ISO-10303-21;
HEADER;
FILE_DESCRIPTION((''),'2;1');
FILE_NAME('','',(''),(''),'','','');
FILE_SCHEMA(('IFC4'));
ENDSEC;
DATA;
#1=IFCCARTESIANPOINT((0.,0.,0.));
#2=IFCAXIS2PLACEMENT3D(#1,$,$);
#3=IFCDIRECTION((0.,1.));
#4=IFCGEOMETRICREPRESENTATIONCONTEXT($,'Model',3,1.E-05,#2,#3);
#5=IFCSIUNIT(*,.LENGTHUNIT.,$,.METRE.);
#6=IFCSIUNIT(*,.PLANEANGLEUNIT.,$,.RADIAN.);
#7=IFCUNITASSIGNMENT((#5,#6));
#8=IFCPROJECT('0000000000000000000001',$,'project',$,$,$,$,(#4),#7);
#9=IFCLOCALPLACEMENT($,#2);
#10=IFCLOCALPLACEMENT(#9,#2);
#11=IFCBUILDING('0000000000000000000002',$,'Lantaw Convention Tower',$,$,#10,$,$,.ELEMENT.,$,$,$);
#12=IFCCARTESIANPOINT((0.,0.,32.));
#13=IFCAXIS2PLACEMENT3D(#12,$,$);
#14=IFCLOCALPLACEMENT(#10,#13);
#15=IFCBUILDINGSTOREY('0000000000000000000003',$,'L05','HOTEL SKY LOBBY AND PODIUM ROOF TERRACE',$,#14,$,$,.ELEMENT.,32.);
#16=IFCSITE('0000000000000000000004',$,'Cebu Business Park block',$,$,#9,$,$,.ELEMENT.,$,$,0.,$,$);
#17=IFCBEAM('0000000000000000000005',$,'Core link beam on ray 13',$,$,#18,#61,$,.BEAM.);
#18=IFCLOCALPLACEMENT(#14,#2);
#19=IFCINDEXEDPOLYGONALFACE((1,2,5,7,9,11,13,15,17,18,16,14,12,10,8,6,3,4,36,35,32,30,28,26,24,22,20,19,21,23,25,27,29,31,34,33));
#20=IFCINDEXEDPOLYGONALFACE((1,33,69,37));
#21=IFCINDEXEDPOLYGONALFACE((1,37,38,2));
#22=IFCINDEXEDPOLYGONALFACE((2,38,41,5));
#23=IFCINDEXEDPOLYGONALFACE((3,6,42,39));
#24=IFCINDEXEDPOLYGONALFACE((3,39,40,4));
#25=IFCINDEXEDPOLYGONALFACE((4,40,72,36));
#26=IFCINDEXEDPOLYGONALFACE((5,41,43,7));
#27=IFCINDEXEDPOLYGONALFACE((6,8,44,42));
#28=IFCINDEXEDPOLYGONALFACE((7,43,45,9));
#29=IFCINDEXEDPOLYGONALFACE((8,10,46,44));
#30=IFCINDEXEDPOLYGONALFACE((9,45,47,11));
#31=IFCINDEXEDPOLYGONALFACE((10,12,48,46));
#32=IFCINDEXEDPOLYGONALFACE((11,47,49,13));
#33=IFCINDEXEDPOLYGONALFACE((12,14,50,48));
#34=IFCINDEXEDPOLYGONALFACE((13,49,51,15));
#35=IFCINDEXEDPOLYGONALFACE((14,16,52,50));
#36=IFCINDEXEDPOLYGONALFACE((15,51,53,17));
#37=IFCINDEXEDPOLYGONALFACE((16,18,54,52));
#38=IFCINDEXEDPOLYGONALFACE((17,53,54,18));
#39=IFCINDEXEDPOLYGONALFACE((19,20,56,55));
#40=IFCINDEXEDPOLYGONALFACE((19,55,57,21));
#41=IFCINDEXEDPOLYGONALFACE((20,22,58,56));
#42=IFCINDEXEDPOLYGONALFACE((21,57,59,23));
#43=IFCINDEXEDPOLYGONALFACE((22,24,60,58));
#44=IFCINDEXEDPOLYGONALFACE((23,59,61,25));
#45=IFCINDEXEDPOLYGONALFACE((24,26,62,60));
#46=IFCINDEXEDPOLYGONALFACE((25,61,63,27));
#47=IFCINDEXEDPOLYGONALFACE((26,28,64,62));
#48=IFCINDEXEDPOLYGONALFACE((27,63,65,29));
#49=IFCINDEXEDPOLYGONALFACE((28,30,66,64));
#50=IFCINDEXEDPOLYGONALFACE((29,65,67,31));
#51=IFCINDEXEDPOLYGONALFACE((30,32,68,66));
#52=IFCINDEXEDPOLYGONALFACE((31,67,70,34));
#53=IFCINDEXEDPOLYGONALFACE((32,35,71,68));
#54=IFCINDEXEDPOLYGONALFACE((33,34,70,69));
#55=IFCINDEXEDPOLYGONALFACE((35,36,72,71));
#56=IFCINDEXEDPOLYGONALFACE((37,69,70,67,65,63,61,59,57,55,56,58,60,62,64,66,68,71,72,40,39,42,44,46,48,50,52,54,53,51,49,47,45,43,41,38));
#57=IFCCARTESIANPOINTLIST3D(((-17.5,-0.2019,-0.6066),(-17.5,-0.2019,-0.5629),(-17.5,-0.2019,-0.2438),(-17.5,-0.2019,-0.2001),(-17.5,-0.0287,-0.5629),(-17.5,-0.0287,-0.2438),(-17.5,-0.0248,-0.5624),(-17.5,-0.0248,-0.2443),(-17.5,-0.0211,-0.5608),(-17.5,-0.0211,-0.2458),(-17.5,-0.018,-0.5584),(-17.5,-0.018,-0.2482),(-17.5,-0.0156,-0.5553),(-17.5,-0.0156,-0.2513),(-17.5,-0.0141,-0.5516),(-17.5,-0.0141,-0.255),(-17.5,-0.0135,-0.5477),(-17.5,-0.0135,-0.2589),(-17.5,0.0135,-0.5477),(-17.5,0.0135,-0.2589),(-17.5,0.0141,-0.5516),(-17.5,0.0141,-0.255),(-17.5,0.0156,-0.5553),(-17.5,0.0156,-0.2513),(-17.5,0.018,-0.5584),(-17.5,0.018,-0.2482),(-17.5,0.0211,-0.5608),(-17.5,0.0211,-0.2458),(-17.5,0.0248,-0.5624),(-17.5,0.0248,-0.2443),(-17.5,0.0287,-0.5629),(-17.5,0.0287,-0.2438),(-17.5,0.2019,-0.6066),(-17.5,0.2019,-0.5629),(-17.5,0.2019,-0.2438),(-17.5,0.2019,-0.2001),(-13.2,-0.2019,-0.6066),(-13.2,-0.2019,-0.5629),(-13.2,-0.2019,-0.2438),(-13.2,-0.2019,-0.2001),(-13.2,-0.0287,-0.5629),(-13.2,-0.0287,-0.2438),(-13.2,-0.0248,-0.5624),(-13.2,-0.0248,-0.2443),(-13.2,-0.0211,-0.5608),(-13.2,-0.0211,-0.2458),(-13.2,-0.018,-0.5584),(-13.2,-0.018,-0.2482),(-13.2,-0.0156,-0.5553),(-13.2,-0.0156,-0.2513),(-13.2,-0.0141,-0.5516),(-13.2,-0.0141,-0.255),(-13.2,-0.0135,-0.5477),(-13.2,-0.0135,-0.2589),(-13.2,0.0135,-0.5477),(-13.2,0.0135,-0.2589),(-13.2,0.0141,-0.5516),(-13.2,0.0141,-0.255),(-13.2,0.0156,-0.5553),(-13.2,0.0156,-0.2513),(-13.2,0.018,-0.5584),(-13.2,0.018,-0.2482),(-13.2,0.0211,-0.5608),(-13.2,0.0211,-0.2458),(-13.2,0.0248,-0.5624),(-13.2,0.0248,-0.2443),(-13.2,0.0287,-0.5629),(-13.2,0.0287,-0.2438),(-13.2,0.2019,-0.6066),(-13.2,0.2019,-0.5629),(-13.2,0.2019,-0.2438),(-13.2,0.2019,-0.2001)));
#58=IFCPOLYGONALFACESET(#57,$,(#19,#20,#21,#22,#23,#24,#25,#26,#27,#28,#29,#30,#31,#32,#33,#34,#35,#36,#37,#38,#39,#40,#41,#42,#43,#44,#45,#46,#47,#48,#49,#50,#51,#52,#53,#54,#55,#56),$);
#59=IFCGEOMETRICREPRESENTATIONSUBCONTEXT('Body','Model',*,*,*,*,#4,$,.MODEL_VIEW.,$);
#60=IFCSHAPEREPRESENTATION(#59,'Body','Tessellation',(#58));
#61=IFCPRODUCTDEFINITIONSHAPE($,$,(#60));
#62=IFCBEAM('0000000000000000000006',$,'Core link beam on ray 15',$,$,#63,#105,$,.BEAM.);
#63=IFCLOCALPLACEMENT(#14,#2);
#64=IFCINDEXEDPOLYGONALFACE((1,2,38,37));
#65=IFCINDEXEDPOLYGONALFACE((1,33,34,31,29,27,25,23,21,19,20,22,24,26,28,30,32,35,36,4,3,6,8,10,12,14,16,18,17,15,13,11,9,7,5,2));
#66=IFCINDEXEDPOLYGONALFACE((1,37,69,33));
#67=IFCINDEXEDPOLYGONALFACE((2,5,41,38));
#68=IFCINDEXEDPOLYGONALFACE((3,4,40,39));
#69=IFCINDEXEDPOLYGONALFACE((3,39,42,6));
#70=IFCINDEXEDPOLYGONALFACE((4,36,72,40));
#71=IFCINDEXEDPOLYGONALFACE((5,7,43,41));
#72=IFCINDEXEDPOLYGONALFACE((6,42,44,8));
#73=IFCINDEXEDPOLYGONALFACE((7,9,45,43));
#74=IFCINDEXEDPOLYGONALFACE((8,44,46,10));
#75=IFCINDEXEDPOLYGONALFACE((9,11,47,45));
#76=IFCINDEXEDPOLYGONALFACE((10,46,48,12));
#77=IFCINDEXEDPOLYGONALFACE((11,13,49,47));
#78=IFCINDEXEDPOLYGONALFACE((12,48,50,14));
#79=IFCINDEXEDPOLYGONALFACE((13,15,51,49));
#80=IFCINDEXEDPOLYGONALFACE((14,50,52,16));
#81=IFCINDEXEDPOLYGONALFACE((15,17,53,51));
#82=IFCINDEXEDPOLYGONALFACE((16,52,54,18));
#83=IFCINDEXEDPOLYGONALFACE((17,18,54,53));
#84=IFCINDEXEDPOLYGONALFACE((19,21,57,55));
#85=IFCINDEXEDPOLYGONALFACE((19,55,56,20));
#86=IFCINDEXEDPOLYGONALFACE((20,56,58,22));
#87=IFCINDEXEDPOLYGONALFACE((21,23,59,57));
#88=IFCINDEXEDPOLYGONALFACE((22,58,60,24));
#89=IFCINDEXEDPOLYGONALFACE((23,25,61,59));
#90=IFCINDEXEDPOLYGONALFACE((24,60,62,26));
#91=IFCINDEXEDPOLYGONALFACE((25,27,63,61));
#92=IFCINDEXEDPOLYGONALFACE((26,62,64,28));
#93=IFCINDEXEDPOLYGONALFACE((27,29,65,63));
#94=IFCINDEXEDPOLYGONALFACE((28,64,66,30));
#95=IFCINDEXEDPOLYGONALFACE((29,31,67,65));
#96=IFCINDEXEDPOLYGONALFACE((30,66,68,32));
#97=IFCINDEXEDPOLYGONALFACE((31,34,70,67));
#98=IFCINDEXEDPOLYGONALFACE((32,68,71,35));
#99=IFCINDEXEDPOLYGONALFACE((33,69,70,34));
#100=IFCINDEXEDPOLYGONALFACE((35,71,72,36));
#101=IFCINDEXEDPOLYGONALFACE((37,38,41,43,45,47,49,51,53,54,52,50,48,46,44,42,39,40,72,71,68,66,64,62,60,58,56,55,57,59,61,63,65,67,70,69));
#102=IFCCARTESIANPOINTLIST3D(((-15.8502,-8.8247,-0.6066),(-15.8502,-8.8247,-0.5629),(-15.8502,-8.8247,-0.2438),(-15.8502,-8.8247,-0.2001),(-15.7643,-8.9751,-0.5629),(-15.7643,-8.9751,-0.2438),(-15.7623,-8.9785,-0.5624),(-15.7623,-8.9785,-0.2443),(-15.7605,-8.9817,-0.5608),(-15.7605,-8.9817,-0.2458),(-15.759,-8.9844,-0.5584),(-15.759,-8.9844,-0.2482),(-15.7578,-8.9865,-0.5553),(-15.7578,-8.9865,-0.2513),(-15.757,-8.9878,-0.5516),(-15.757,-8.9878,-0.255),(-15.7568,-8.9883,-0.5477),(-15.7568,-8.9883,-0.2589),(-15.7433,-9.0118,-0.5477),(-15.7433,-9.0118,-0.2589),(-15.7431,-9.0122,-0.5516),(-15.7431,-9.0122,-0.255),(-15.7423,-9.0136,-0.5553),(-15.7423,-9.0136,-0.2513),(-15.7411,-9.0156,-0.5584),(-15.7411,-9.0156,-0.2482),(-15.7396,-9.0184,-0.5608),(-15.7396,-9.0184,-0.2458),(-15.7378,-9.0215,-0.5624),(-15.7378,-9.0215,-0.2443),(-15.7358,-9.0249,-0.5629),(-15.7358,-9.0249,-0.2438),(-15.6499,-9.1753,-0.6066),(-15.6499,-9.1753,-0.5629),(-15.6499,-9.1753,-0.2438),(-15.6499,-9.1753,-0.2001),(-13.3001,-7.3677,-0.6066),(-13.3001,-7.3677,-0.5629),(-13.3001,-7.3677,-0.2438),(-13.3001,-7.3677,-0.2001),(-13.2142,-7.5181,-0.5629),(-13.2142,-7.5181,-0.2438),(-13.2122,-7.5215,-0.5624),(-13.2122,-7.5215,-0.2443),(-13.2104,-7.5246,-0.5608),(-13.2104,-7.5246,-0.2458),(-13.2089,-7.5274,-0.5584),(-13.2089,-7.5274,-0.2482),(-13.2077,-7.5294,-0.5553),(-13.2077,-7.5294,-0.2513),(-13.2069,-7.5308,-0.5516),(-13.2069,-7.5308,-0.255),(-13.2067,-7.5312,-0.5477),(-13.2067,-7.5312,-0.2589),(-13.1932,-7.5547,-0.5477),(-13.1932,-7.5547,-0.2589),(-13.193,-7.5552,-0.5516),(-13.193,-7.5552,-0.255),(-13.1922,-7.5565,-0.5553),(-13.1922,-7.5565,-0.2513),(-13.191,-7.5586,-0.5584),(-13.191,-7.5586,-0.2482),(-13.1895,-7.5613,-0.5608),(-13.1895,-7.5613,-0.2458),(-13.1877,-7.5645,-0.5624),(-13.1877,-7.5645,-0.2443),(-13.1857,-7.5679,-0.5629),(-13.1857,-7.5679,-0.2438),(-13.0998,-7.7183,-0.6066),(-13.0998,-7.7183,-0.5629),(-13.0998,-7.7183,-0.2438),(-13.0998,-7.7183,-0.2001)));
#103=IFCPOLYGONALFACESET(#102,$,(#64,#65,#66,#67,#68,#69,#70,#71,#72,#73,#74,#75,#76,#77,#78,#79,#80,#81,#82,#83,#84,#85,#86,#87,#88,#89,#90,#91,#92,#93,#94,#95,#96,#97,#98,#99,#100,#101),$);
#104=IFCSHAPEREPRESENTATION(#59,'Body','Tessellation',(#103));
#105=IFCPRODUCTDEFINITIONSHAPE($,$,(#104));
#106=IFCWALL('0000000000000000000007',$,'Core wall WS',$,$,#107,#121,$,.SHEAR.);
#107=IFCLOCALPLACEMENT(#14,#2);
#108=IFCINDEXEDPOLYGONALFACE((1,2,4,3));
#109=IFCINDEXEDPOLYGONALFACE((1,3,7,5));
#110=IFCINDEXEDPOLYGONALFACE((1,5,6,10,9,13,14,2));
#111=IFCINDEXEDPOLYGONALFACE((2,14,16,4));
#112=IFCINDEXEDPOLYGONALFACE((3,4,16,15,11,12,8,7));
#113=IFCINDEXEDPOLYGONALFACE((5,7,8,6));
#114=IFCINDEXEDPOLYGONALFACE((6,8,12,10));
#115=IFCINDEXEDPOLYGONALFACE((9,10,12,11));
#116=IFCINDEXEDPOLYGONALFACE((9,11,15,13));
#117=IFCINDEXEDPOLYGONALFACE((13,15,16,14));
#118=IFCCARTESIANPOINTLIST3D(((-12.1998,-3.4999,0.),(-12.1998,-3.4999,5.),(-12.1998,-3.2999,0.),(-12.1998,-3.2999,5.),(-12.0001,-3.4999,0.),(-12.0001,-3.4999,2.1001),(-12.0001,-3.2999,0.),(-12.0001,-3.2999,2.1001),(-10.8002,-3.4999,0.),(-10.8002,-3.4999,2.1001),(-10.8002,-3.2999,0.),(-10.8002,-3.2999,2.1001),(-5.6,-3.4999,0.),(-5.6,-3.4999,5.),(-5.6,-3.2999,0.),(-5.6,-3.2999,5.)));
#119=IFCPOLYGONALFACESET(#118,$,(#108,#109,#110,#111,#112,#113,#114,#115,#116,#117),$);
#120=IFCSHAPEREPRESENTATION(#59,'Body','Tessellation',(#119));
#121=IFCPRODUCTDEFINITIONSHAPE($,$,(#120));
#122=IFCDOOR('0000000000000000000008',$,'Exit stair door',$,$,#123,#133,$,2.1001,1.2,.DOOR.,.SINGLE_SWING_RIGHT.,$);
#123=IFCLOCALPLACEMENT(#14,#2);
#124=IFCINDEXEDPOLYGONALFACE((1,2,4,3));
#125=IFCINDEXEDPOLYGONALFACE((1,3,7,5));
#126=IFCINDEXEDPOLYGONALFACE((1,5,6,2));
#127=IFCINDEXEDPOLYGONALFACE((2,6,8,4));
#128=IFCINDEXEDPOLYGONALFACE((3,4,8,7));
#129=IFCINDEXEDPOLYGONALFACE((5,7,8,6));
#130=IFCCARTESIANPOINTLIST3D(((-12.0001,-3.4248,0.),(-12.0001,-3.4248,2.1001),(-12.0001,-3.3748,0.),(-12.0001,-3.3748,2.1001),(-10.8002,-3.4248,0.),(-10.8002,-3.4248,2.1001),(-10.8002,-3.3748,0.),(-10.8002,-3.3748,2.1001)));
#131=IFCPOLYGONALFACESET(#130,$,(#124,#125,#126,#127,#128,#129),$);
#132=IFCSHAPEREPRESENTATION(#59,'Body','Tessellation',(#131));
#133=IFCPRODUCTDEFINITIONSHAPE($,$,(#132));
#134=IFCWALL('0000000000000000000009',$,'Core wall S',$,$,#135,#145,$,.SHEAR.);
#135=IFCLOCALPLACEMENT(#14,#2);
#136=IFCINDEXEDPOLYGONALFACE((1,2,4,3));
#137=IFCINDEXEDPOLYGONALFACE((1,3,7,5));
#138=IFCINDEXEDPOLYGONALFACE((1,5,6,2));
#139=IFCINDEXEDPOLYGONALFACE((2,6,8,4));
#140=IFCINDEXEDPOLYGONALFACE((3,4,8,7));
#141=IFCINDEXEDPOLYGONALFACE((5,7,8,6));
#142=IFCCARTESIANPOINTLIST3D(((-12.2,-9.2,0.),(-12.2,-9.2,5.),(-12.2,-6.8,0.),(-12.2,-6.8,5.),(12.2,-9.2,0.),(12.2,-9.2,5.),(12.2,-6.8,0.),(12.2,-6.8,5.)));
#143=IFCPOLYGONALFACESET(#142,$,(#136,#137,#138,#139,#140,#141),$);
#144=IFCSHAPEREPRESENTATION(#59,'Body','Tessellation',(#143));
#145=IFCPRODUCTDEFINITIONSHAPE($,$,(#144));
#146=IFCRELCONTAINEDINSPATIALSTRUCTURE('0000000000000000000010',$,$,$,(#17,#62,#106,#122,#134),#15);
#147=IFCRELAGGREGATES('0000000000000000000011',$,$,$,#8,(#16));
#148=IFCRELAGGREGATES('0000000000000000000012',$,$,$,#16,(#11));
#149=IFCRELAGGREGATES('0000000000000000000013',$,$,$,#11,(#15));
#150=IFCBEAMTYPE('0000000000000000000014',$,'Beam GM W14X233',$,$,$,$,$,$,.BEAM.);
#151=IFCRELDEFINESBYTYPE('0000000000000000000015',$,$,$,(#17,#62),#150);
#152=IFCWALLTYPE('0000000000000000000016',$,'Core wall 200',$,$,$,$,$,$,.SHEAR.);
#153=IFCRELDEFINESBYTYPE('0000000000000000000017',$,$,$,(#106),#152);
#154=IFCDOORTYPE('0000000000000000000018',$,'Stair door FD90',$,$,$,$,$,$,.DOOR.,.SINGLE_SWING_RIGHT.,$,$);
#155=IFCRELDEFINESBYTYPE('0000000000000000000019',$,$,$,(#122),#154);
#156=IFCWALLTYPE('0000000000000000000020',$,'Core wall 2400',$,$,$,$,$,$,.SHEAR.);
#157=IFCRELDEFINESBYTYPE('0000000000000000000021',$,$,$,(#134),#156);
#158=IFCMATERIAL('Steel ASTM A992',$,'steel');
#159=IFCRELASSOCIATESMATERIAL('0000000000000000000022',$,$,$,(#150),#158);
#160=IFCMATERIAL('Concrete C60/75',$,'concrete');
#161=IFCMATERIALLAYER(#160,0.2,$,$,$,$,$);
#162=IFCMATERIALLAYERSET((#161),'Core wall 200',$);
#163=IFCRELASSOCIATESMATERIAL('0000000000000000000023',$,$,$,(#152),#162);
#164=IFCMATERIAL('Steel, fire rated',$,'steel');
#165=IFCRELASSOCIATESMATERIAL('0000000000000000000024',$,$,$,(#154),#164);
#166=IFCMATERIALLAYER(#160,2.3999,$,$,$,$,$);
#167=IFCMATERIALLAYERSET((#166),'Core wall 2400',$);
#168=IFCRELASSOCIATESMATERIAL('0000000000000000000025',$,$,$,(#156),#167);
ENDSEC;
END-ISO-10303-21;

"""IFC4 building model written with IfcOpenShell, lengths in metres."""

from ifc_helpers import new_model, si_unit, direction, frame, frame_2d, origin, origin_2d, place, context, subcontext, project, spatial, rectangle, i_section, extrude, material, layer, layer_set, material_profile, profile_set, type_object, element, fill, save


model = new_model("IFC4")

# Units and contexts
model_context = context("Model", 3, precision=1e-05, world=origin(), true_north=direction((0.0, 1.0)))
body_context = subcontext(model_context, "Body", "Model", "MODEL_VIEW")
ifc_project = project(units=[si_unit("LENGTHUNIT", "METRE"), si_unit("PLANEANGLEUNIT", "RADIAN")], contexts=[model_context])

# Site, building, storey
site_placement = place(None, origin())
site = spatial("IfcSite", under=ifc_project, at=site_placement, Name="Cebu Business Park block", CompositionType="ELEMENT", RefElevation=0.0)
building_placement = place(site_placement, origin())
building = spatial("IfcBuilding", under=site, at=building_placement, Name="Lantaw Convention Tower", CompositionType="ELEMENT")
storey_placement = place(building_placement, frame((0.0, 0.0, 32.0)))
storey = spatial("IfcBuildingStorey", under=building, at=storey_placement, Name="L05", Description="HOTEL SKY LOBBY AND PODIUM ROOF TERRACE", CompositionType="ELEMENT", Elevation=32.0)

# Beams
ifc_material_1 = material(Name="Steel ASTM A992", Category="steel")
ifc_material_profile_1 = material_profile(ifc_material_1, i_section(OverallWidth=0.4038, OverallDepth=0.4065, WebThickness=0.0271, FlangeThickness=0.0437, FilletRadius=0.0151, at=origin_2d()), Name="W14X233")
ifc_profile_set_1 = profile_set([ifc_material_profile_1], Name="Steel ASTM A992")
beam_type_1 = type_object("IfcBeamType", Name="Beam GM W14X233", PredefinedType="BEAM", material=ifc_profile_set_1)
beam_1_placement = place(storey_placement, frame((-13.2, 0.0, -0.4033), z_axis=(-1.0, 0.0, 0.0), x_axis=(0.0, -1.0, 0.0)))
element("IfcBeam", 1, at=beam_1_placement, inside=storey, type_object=beam_type_1, Name="Core link beam on ray 13", PredefinedType="BEAM", context=body_context, shape_type="SweptSolid", body=[
    extrude(i_section(OverallWidth=0.4038, OverallDepth=0.4065, WebThickness=0.0271, FlangeThickness=0.0437, FilletRadius=0.0151, at=origin_2d()), origin(), (0.0, 0.0, 1.0), 4.3),
])
beam_2_placement = place(storey_placement, frame((-13.2, -7.543, -0.4033), z_axis=(-0.868264, -0.496103, 0.0), x_axis=(0.496103, -0.868264, 0.0)))
element("IfcBeam", 2, at=beam_2_placement, inside=storey, type_object=beam_type_1, Name="Core link beam on ray 15", PredefinedType="BEAM", context=body_context, shape_type="SweptSolid", body=[
    extrude(i_section(OverallWidth=0.4038, OverallDepth=0.4065, WebThickness=0.0271, FlangeThickness=0.0437, FilletRadius=0.0151, at=origin_2d()), origin(), (0.0, 0.0, 1.0), 2.937),
])

# Wall, opening, door
ifc_material_2 = material(Name="Concrete C60/75", Category="concrete")
ifc_layer_1 = layer(ifc_material_2, 0.2)
ifc_layer_set_1 = layer_set([ifc_layer_1], Name="Core wall 200")
wall_type_1 = type_object("IfcWallType", Name="Core wall 200", PredefinedType="SHEAR", material=ifc_layer_set_1)
wall_1_placement = place(storey_placement, frame((-5.6001, -3.3999, 0.0), z_axis=(0.0, 0.0, 1.0), x_axis=(-1.0, 0.0, 0.0)))
wall_1 = element("IfcWall", 3, at=wall_1_placement, inside=storey, type_object=wall_type_1, Name="Core wall WS", PredefinedType="SHEAR", context=body_context, shape_type="SweptSolid", body=[
    extrude(rectangle(XDim=6.5999, YDim=0.2, at=frame_2d((3.2998, 0.0))), origin(), (0.0, 0.0, 1.0), 5.0),
])
opening_1_placement = place(wall_1_placement, frame((5.2, 0.0, 0.0)))
opening_1 = element("IfcOpeningElement", 4, at=opening_1_placement, cuts=wall_1, PredefinedType="OPENING", context=body_context, shape_type="SweptSolid", body=[
    extrude(rectangle(XDim=1.2, YDim=2.1001, at=frame_2d((0.6001, 1.05))), frame((0.0, 0.1099, 0.0), z_axis=(0.0, -1.0, 0.0), x_axis=(1.0, 0.0, 0.0)), (0.0, 0.0, 1.0), 0.22),
])
ifc_material_3 = material(Name="Steel, fire rated", Category="steel")
door_type_1 = type_object("IfcDoorType", Name="Stair door FD90", OperationType="SINGLE_SWING_RIGHT", PredefinedType="DOOR", material=ifc_material_3)
door_1_placement = place(opening_1_placement, origin())
door_1 = element("IfcDoor", 5, at=door_1_placement, inside=storey, type_object=door_type_1, Name="Exit stair door", OperationType="SINGLE_SWING_RIGHT", OverallHeight=2.1001, OverallWidth=1.2, PredefinedType="DOOR", context=body_context, shape_type="SweptSolid", body=[
    extrude(rectangle(XDim=1.2, YDim=2.1001, at=frame_2d((0.6001, 1.05))), frame((0.0, 0.0249, 0.0), z_axis=(0.0, -1.0, 0.0), x_axis=(1.0, 0.0, 0.0)), (0.0, 0.0, 1.0), 0.05),
])
fill(opening_1, door_1)

# Wall
ifc_layer_2 = layer(ifc_material_2, 2.3999)
ifc_layer_set_2 = layer_set([ifc_layer_2], Name="Core wall 2400")
wall_type_2 = type_object("IfcWallType", Name="Core wall 2400", PredefinedType="SHEAR", material=ifc_layer_set_2)
wall_2_placement = place(storey_placement, frame((-12.2, -8.0, 0.0), z_axis=(0.0, 0.0, 1.0), x_axis=(1.0, 0.0, 0.0)))
element("IfcWall", 6, at=wall_2_placement, inside=storey, type_object=wall_type_2, Name="Core wall S", PredefinedType="SHEAR", context=body_context, shape_type="SweptSolid", body=[
    extrude(rectangle(XDim=24.3999, YDim=2.3999, at=frame_2d((12.2, 0.0))), origin(), (0.0, 0.0, 1.0), 5.0),
])

save(model, "model.ifc")
